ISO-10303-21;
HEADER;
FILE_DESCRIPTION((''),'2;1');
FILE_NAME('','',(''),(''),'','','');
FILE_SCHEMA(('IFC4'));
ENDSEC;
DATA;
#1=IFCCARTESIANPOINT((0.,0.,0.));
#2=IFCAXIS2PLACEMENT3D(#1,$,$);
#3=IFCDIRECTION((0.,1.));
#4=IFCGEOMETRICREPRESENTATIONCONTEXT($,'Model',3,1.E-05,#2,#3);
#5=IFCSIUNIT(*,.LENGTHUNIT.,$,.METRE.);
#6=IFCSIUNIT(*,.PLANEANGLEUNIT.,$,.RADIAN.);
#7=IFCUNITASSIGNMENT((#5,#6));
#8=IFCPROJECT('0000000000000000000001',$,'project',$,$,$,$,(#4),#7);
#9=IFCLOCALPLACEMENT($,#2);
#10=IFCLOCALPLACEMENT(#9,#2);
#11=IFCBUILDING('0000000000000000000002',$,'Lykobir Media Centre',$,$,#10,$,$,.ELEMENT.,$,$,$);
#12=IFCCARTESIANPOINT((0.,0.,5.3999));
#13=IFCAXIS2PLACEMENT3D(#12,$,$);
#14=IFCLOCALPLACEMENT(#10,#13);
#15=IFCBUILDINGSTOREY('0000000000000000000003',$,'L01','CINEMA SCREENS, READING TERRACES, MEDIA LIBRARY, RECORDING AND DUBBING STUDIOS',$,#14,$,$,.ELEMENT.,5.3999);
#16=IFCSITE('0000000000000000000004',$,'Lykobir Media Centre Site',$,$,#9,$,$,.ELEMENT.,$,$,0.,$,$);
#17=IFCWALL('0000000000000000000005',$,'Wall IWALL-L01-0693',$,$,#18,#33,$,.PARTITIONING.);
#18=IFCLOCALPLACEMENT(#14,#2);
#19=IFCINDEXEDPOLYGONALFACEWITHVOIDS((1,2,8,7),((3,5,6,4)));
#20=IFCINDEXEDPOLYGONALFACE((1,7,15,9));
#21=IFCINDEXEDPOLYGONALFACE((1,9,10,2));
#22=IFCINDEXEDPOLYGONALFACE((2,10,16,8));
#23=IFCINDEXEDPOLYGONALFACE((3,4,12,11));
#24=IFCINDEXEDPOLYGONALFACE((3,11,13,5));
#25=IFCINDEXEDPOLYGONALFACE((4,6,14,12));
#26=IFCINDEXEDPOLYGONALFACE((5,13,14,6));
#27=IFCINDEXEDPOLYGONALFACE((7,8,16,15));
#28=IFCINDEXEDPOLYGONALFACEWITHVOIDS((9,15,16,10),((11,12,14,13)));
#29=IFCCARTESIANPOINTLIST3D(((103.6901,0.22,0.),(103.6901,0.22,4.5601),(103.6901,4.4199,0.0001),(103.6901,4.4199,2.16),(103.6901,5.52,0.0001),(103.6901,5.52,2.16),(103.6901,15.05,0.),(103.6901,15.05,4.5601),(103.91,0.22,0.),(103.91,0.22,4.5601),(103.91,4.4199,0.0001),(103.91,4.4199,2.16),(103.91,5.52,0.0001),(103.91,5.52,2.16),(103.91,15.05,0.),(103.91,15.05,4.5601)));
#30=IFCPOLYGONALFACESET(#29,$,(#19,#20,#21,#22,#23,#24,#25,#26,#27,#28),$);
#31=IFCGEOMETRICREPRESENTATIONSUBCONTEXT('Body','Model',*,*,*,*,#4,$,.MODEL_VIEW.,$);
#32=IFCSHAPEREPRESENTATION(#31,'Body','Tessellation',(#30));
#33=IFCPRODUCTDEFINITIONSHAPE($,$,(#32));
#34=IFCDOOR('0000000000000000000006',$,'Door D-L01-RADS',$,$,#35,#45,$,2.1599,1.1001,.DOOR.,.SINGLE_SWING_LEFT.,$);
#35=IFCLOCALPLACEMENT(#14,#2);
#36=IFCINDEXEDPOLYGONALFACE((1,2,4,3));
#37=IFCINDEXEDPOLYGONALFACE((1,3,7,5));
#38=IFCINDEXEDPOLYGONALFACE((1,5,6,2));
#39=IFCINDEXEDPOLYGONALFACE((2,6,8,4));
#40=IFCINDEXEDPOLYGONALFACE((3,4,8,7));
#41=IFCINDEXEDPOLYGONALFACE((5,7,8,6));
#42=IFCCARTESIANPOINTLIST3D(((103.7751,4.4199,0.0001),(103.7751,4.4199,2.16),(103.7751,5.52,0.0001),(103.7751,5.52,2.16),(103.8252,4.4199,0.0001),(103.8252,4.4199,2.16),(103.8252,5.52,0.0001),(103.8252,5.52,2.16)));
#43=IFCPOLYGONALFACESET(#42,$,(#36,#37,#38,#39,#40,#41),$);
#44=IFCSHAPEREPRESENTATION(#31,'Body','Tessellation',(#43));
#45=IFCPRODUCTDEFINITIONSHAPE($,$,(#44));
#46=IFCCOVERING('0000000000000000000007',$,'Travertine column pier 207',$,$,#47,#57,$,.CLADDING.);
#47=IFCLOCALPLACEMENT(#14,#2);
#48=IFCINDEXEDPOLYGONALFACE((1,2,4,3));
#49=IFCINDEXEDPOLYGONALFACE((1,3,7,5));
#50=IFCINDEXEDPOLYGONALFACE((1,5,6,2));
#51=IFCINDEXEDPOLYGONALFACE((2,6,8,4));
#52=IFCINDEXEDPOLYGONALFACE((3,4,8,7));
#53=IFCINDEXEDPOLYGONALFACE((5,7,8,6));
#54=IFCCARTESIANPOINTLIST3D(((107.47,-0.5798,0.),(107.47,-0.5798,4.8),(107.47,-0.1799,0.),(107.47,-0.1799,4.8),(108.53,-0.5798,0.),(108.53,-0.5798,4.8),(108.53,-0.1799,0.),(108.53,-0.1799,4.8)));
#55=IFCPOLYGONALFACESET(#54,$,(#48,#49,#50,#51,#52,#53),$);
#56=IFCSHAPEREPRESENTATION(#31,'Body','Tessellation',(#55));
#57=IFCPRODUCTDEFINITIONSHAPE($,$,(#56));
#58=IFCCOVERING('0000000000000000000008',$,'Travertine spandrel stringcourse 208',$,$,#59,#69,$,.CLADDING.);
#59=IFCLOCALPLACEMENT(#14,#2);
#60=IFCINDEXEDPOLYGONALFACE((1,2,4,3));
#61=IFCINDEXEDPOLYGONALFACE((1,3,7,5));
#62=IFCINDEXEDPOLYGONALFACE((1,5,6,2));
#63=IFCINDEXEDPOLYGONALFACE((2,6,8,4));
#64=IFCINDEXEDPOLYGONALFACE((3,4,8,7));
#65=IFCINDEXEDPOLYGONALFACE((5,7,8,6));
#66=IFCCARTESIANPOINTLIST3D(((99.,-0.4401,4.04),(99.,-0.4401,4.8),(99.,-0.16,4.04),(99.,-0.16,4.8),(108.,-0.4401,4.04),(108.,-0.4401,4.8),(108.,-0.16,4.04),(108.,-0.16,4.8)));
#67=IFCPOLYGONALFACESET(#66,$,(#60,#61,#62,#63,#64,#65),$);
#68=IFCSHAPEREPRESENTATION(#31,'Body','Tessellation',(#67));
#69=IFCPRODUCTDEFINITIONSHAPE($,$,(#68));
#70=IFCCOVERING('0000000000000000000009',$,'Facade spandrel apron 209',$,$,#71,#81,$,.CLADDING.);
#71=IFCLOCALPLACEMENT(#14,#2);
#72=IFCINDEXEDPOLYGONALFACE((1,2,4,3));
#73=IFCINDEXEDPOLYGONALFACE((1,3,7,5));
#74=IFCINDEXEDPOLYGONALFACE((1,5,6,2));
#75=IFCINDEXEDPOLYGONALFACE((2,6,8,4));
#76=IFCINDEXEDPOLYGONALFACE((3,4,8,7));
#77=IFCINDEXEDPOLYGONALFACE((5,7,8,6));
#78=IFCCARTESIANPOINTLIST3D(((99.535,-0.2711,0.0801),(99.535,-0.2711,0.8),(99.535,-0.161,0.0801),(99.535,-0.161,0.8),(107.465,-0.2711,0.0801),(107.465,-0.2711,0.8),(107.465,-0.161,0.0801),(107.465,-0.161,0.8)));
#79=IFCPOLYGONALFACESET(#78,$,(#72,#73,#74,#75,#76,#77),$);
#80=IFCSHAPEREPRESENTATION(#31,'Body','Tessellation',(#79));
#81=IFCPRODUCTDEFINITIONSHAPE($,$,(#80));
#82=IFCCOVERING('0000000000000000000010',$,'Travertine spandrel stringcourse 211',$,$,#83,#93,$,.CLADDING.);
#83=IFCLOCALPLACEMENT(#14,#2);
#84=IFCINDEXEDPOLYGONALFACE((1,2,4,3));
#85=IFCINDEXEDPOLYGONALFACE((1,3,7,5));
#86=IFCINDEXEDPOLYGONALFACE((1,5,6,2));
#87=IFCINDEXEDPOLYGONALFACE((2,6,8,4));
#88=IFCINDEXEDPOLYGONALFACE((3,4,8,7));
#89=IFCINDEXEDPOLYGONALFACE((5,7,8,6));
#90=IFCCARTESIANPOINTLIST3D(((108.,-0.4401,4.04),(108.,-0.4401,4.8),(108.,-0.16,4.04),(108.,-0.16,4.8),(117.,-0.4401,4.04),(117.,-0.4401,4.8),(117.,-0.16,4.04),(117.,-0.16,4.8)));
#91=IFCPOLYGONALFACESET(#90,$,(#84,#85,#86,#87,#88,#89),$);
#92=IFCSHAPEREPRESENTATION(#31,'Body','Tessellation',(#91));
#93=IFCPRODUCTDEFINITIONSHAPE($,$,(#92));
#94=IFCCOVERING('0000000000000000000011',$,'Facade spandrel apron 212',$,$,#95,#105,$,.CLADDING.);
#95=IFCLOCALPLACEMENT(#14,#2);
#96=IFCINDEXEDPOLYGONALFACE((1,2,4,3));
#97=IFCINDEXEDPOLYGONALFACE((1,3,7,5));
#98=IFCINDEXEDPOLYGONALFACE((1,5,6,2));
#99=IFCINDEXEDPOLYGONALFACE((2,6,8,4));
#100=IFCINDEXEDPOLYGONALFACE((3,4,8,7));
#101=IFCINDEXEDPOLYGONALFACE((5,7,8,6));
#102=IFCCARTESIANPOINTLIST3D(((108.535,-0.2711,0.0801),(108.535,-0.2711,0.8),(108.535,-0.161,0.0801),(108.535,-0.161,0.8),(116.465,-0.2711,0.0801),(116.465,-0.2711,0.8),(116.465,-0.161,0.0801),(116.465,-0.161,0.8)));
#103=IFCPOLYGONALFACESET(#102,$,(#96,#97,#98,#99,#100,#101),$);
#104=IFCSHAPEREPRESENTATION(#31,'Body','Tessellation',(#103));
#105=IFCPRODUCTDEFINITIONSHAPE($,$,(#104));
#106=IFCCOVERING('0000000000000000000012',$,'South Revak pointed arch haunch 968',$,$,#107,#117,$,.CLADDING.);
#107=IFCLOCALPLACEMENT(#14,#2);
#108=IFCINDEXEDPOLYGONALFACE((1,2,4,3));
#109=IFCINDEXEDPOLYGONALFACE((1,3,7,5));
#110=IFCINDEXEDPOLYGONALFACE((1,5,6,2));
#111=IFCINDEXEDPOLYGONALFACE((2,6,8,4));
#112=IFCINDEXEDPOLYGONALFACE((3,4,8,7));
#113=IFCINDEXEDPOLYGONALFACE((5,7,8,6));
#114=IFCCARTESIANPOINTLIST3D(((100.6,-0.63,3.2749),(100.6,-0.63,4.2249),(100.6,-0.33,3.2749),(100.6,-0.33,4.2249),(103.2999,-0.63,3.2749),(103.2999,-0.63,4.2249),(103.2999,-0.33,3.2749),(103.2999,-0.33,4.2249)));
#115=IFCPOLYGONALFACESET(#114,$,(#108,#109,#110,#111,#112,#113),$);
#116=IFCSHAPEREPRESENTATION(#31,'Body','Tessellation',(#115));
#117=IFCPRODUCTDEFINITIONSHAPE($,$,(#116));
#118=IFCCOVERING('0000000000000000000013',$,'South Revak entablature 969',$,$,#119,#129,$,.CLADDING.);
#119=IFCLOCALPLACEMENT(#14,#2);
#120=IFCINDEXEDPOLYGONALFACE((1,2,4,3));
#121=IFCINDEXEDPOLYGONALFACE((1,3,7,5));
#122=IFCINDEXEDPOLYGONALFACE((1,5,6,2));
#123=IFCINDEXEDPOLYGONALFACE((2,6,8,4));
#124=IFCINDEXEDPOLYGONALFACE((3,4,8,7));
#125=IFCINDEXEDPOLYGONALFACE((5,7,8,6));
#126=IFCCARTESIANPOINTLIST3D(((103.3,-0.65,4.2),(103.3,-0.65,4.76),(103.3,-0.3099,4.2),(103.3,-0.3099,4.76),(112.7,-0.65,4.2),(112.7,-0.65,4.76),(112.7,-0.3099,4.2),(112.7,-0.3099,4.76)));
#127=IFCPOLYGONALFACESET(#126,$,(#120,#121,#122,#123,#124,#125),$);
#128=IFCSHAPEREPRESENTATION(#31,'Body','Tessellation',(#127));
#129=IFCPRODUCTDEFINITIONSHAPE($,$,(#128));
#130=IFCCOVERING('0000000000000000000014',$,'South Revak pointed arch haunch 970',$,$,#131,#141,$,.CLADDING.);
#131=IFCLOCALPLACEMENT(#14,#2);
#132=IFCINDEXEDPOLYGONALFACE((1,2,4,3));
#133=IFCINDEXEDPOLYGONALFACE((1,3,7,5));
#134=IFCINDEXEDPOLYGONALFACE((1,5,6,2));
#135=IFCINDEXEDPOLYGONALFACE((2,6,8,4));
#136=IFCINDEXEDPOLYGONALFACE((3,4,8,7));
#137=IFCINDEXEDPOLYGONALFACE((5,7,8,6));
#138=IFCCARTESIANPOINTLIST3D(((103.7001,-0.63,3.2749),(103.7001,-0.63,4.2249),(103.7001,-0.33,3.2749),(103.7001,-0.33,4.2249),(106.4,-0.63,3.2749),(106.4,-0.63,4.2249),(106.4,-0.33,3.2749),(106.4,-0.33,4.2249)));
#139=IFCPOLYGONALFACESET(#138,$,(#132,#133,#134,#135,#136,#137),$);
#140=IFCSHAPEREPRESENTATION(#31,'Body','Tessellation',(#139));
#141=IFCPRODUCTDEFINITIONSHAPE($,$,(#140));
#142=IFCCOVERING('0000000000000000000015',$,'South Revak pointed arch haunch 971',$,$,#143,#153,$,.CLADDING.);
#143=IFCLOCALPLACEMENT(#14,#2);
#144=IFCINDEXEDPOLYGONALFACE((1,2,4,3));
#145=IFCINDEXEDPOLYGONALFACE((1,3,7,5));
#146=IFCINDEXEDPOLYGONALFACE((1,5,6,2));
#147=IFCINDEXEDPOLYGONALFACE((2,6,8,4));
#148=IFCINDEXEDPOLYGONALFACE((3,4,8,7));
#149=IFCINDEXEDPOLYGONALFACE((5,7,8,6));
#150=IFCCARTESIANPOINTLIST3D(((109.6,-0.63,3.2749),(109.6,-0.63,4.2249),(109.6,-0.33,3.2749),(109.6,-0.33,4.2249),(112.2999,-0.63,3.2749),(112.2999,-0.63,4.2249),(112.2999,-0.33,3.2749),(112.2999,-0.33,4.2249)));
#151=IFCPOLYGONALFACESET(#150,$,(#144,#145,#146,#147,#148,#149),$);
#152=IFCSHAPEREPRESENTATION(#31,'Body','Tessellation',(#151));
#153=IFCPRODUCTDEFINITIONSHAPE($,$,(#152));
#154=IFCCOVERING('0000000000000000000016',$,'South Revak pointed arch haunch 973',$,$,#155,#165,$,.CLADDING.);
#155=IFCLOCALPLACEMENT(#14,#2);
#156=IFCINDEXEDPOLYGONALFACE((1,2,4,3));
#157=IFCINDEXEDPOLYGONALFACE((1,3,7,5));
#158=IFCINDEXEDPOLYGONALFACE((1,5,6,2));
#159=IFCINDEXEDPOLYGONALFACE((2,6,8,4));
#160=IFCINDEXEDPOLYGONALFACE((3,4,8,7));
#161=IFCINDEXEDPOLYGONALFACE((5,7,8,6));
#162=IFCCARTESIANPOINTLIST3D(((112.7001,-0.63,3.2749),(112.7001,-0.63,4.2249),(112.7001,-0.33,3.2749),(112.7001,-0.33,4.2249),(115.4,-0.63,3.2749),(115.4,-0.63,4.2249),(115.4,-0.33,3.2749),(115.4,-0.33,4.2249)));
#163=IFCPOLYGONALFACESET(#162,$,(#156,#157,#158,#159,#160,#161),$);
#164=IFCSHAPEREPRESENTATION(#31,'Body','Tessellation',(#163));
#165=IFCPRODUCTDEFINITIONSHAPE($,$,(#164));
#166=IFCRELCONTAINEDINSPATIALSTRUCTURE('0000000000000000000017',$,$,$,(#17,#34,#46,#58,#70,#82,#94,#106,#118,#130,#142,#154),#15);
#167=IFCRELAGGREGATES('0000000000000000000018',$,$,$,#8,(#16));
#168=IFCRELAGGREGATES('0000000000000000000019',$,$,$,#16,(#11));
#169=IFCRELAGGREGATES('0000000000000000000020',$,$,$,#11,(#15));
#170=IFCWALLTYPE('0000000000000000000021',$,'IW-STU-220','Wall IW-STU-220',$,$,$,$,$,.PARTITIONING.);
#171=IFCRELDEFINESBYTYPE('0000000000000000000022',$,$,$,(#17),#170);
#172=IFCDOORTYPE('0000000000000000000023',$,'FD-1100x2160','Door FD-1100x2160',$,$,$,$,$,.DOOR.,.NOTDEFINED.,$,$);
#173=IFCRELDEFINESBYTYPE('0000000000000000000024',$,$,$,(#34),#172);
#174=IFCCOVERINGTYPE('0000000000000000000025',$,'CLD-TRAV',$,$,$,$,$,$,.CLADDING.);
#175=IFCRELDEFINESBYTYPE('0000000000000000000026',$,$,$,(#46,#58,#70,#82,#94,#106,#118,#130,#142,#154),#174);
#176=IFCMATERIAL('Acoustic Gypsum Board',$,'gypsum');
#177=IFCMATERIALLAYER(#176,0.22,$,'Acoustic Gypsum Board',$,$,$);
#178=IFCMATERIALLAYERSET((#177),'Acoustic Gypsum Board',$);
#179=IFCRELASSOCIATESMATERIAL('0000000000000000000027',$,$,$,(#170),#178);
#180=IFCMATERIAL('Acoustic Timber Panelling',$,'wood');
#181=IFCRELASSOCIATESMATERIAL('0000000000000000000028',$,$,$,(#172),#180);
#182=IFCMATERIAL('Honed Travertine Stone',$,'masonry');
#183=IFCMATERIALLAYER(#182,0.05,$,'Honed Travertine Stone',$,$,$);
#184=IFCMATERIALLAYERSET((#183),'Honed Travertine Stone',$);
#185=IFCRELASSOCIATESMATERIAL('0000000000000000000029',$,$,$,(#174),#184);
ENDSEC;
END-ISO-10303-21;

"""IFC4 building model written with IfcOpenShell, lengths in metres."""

from ifc_helpers import new_model, si_unit, direction, frame, frame_2d, origin, origin_2d, place, context, subcontext, project, spatial, rectangle, extrude, material, layer, layer_set, type_object, element, fill, save


model = new_model("IFC4")

# Units and contexts
model_context = context("Model", 3, precision=1e-05, world=origin(), true_north=direction((0.0, 1.0)))
body_context = subcontext(model_context, "Body", "Model", "MODEL_VIEW")
ifc_project = project(units=[si_unit("LENGTHUNIT", "METRE"), si_unit("PLANEANGLEUNIT", "RADIAN")], contexts=[model_context])

# Site, building, storey
site_placement = place(None, origin())
site = spatial("IfcSite", under=ifc_project, at=site_placement, Name="Lykobir Media Centre Site", CompositionType="ELEMENT", RefElevation=0.0)
building_placement = place(site_placement, origin())
building = spatial("IfcBuilding", under=site, at=building_placement, Name="Lykobir Media Centre", CompositionType="ELEMENT")
storey_placement = place(building_placement, frame((0.0, 0.0, 5.3999)))
storey = spatial("IfcBuildingStorey", under=building, at=storey_placement, Name="L01", Description="CINEMA SCREENS, READING TERRACES, MEDIA LIBRARY, RECORDING AND DUBBING STUDIOS", CompositionType="ELEMENT", Elevation=5.3999)

# Shared definitions
ifc_material_1 = material(Name="Honed Travertine Stone", Category="masonry")

# Wall, opening, door
ifc_material_2 = material(Name="Acoustic Gypsum Board", Category="gypsum")
ifc_layer_1 = layer(ifc_material_2, 0.22, Name="Acoustic Gypsum Board")
ifc_layer_set_1 = layer_set([ifc_layer_1], Name="Acoustic Gypsum Board")
wall_type_1 = type_object("IfcWallType", Name="IW-STU-220", Description="Wall IW-STU-220", PredefinedType="PARTITIONING", material=ifc_layer_set_1)
wall_1_placement = place(storey_placement, frame((103.8, 0.22, 0.0), z_axis=(0.0, 0.0, 1.0), x_axis=(0.0, 1.0, 0.0)))
wall_1 = element("IfcWall", 1, at=wall_1_placement, inside=storey, type_object=wall_type_1, Name="Wall IWALL-L01-0693", PredefinedType="PARTITIONING", context=body_context, shape_type="SweptSolid", body=[
    extrude(rectangle(XDim=14.8301, YDim=0.22, at=frame_2d((7.415, 0.0))), origin(), (0.0, 0.0, 1.0), 4.5601),
])
opening_1_placement = place(wall_1_placement, frame((4.2, 0.0, 0.0)))
opening_1 = element("IfcOpeningElement", 2, at=opening_1_placement, cuts=wall_1, PredefinedType="OPENING", context=body_context, shape_type="SweptSolid", body=[
    extrude(rectangle(XDim=1.1001, YDim=2.1599, at=frame_2d((0.55, 1.0801))), frame((0.0, 0.1199, 0.0), z_axis=(0.0, -1.0, 0.0), x_axis=(1.0, 0.0, 0.0)), (0.0, 0.0, 1.0), 0.24),
])
ifc_material_3 = material(Name="Acoustic Timber Panelling", Category="wood")
door_type = type_object("IfcDoorType", Name="FD-1100x2160", Description="Door FD-1100x2160", OperationType="NOTDEFINED", PredefinedType="DOOR", material=ifc_material_3)
door_placement = place(opening_1_placement, origin())
door = element("IfcDoor", 3, at=door_placement, inside=storey, type_object=door_type, Name="Door D-L01-RADS", OperationType="SINGLE_SWING_LEFT", OverallHeight=2.1599, OverallWidth=1.1001, PredefinedType="DOOR", context=body_context, shape_type="SweptSolid", body=[
    extrude(rectangle(XDim=1.1001, YDim=2.1599, at=frame_2d((0.55, 1.0801))), frame((0.0, 0.0249, 0.0), z_axis=(0.0, -1.0, 0.0), x_axis=(1.0, 0.0, 0.0)), (0.0, 0.0, 1.0), 0.05),
])
fill(opening_1, door)

# Coverings
ifc_layer_2 = layer(ifc_material_1, 0.05, Name="Honed Travertine Stone")
ifc_layer_set_2 = layer_set([ifc_layer_2], Name="Honed Travertine Stone")
covering_type = type_object("IfcCoveringType", Name="CLD-TRAV", PredefinedType="CLADDING", material=ifc_layer_set_2)
covering_1_placement = place(storey_placement, frame((108.0, -0.3799, 0.0), z_axis=(0.0, 0.0, 1.0), x_axis=(1.0, 0.0, 0.0)))
element("IfcCovering", 4, at=covering_1_placement, inside=storey, type_object=covering_type, Name="Travertine column pier 207", PredefinedType="CLADDING", context=body_context, shape_type="SweptSolid", body=[
    extrude(rectangle(XDim=1.0601, YDim=0.3999, at=origin_2d()), origin(), (0.0, 0.0, 1.0), 4.8),
])
covering_2_placement = place(storey_placement, frame((103.5, -0.3, 4.04), z_axis=(0.0, 0.0, 1.0), x_axis=(1.0, 0.0, 0.0)))
element("IfcCovering", 5, at=covering_2_placement, inside=storey, type_object=covering_type, Name="Travertine spandrel stringcourse 208", PredefinedType="CLADDING", context=body_context, shape_type="SweptSolid", body=[
    extrude(rectangle(XDim=9.0, YDim=0.28, at=origin_2d()), origin(), (0.0, 0.0, 1.0), 0.76),
])
covering_3_placement = place(storey_placement, frame((103.5, -0.2161, 0.0801), z_axis=(0.0, 0.0, 1.0), x_axis=(1.0, 0.0, 0.0)))
element("IfcCovering", 6, at=covering_3_placement, inside=storey, type_object=covering_type, Name="Facade spandrel apron 209", PredefinedType="CLADDING", context=body_context, shape_type="SweptSolid", body=[
    extrude(rectangle(XDim=7.9299, YDim=0.1101, at=origin_2d()), origin(), (0.0, 0.0, 1.0), 0.72),
])
covering_4_placement = place(storey_placement, frame((112.5, -0.3, 4.04), z_axis=(0.0, 0.0, 1.0), x_axis=(1.0, 0.0, 0.0)))
element("IfcCovering", 7, at=covering_4_placement, inside=storey, type_object=covering_type, Name="Travertine spandrel stringcourse 211", PredefinedType="CLADDING", context=body_context, shape_type="SweptSolid", body=[
    extrude(rectangle(XDim=9.0, YDim=0.28, at=origin_2d()), origin(), (0.0, 0.0, 1.0), 0.76),
])
covering_5_placement = place(storey_placement, frame((112.5, -0.2161, 0.0801), z_axis=(0.0, 0.0, 1.0), x_axis=(1.0, 0.0, 0.0)))
element("IfcCovering", 8, at=covering_5_placement, inside=storey, type_object=covering_type, Name="Facade spandrel apron 212", PredefinedType="CLADDING", context=body_context, shape_type="SweptSolid", body=[
    extrude(rectangle(XDim=7.9299, YDim=0.1101, at=origin_2d()), origin(), (0.0, 0.0, 1.0), 0.72),
])
covering_6_placement = place(storey_placement, frame((101.95, -0.48, 3.2749), z_axis=(0.0, 0.0, 1.0), x_axis=(1.0, 0.0, 0.0)))
element("IfcCovering", 9, at=covering_6_placement, inside=storey, type_object=covering_type, Name="South Revak pointed arch haunch 968", PredefinedType="CLADDING", context=body_context, shape_type="SweptSolid", body=[
    extrude(rectangle(XDim=2.7, YDim=0.3, at=origin_2d()), origin(), (0.0, 0.0, 1.0), 0.95),
])
covering_7_placement = place(storey_placement, frame((108.0, -0.48, 4.2), z_axis=(0.0, 0.0, 1.0), x_axis=(1.0, 0.0, 0.0)))
element("IfcCovering", 10, at=covering_7_placement, inside=storey, type_object=covering_type, Name="South Revak entablature 969", PredefinedType="CLADDING", context=body_context, shape_type="SweptSolid", body=[
    extrude(rectangle(XDim=9.3999, YDim=0.3401, at=origin_2d()), origin(), (0.0, 0.0, 1.0), 0.5601),
])
for number, where, z_axis, x_axis, name in (
    (11, (105.05, -0.48, 3.2749), (0.0, 0.0, 1.0), (1.0, 0.0, 0.0), "South Revak pointed arch haunch 970"),
    (12, (110.95, -0.48, 3.2749), (0.0, 0.0, 1.0), (1.0, 0.0, 0.0), "South Revak pointed arch haunch 971"),
    (13, (114.05, -0.48, 3.2749), (0.0, 0.0, 1.0), (1.0, 0.0, 0.0), "South Revak pointed arch haunch 973"),
):
    element("IfcCovering", number, at=place(storey_placement, frame(where, z_axis=z_axis, x_axis=x_axis)), inside=storey, type_object=covering_type, Name=name, PredefinedType="CLADDING", context=body_context, shape_type="SweptSolid", body=[
        extrude(rectangle(XDim=2.7, YDim=0.3, at=origin_2d()), origin(), (0.0, 0.0, 1.0), 0.95),
    ])

save(model, "model.ifc")
